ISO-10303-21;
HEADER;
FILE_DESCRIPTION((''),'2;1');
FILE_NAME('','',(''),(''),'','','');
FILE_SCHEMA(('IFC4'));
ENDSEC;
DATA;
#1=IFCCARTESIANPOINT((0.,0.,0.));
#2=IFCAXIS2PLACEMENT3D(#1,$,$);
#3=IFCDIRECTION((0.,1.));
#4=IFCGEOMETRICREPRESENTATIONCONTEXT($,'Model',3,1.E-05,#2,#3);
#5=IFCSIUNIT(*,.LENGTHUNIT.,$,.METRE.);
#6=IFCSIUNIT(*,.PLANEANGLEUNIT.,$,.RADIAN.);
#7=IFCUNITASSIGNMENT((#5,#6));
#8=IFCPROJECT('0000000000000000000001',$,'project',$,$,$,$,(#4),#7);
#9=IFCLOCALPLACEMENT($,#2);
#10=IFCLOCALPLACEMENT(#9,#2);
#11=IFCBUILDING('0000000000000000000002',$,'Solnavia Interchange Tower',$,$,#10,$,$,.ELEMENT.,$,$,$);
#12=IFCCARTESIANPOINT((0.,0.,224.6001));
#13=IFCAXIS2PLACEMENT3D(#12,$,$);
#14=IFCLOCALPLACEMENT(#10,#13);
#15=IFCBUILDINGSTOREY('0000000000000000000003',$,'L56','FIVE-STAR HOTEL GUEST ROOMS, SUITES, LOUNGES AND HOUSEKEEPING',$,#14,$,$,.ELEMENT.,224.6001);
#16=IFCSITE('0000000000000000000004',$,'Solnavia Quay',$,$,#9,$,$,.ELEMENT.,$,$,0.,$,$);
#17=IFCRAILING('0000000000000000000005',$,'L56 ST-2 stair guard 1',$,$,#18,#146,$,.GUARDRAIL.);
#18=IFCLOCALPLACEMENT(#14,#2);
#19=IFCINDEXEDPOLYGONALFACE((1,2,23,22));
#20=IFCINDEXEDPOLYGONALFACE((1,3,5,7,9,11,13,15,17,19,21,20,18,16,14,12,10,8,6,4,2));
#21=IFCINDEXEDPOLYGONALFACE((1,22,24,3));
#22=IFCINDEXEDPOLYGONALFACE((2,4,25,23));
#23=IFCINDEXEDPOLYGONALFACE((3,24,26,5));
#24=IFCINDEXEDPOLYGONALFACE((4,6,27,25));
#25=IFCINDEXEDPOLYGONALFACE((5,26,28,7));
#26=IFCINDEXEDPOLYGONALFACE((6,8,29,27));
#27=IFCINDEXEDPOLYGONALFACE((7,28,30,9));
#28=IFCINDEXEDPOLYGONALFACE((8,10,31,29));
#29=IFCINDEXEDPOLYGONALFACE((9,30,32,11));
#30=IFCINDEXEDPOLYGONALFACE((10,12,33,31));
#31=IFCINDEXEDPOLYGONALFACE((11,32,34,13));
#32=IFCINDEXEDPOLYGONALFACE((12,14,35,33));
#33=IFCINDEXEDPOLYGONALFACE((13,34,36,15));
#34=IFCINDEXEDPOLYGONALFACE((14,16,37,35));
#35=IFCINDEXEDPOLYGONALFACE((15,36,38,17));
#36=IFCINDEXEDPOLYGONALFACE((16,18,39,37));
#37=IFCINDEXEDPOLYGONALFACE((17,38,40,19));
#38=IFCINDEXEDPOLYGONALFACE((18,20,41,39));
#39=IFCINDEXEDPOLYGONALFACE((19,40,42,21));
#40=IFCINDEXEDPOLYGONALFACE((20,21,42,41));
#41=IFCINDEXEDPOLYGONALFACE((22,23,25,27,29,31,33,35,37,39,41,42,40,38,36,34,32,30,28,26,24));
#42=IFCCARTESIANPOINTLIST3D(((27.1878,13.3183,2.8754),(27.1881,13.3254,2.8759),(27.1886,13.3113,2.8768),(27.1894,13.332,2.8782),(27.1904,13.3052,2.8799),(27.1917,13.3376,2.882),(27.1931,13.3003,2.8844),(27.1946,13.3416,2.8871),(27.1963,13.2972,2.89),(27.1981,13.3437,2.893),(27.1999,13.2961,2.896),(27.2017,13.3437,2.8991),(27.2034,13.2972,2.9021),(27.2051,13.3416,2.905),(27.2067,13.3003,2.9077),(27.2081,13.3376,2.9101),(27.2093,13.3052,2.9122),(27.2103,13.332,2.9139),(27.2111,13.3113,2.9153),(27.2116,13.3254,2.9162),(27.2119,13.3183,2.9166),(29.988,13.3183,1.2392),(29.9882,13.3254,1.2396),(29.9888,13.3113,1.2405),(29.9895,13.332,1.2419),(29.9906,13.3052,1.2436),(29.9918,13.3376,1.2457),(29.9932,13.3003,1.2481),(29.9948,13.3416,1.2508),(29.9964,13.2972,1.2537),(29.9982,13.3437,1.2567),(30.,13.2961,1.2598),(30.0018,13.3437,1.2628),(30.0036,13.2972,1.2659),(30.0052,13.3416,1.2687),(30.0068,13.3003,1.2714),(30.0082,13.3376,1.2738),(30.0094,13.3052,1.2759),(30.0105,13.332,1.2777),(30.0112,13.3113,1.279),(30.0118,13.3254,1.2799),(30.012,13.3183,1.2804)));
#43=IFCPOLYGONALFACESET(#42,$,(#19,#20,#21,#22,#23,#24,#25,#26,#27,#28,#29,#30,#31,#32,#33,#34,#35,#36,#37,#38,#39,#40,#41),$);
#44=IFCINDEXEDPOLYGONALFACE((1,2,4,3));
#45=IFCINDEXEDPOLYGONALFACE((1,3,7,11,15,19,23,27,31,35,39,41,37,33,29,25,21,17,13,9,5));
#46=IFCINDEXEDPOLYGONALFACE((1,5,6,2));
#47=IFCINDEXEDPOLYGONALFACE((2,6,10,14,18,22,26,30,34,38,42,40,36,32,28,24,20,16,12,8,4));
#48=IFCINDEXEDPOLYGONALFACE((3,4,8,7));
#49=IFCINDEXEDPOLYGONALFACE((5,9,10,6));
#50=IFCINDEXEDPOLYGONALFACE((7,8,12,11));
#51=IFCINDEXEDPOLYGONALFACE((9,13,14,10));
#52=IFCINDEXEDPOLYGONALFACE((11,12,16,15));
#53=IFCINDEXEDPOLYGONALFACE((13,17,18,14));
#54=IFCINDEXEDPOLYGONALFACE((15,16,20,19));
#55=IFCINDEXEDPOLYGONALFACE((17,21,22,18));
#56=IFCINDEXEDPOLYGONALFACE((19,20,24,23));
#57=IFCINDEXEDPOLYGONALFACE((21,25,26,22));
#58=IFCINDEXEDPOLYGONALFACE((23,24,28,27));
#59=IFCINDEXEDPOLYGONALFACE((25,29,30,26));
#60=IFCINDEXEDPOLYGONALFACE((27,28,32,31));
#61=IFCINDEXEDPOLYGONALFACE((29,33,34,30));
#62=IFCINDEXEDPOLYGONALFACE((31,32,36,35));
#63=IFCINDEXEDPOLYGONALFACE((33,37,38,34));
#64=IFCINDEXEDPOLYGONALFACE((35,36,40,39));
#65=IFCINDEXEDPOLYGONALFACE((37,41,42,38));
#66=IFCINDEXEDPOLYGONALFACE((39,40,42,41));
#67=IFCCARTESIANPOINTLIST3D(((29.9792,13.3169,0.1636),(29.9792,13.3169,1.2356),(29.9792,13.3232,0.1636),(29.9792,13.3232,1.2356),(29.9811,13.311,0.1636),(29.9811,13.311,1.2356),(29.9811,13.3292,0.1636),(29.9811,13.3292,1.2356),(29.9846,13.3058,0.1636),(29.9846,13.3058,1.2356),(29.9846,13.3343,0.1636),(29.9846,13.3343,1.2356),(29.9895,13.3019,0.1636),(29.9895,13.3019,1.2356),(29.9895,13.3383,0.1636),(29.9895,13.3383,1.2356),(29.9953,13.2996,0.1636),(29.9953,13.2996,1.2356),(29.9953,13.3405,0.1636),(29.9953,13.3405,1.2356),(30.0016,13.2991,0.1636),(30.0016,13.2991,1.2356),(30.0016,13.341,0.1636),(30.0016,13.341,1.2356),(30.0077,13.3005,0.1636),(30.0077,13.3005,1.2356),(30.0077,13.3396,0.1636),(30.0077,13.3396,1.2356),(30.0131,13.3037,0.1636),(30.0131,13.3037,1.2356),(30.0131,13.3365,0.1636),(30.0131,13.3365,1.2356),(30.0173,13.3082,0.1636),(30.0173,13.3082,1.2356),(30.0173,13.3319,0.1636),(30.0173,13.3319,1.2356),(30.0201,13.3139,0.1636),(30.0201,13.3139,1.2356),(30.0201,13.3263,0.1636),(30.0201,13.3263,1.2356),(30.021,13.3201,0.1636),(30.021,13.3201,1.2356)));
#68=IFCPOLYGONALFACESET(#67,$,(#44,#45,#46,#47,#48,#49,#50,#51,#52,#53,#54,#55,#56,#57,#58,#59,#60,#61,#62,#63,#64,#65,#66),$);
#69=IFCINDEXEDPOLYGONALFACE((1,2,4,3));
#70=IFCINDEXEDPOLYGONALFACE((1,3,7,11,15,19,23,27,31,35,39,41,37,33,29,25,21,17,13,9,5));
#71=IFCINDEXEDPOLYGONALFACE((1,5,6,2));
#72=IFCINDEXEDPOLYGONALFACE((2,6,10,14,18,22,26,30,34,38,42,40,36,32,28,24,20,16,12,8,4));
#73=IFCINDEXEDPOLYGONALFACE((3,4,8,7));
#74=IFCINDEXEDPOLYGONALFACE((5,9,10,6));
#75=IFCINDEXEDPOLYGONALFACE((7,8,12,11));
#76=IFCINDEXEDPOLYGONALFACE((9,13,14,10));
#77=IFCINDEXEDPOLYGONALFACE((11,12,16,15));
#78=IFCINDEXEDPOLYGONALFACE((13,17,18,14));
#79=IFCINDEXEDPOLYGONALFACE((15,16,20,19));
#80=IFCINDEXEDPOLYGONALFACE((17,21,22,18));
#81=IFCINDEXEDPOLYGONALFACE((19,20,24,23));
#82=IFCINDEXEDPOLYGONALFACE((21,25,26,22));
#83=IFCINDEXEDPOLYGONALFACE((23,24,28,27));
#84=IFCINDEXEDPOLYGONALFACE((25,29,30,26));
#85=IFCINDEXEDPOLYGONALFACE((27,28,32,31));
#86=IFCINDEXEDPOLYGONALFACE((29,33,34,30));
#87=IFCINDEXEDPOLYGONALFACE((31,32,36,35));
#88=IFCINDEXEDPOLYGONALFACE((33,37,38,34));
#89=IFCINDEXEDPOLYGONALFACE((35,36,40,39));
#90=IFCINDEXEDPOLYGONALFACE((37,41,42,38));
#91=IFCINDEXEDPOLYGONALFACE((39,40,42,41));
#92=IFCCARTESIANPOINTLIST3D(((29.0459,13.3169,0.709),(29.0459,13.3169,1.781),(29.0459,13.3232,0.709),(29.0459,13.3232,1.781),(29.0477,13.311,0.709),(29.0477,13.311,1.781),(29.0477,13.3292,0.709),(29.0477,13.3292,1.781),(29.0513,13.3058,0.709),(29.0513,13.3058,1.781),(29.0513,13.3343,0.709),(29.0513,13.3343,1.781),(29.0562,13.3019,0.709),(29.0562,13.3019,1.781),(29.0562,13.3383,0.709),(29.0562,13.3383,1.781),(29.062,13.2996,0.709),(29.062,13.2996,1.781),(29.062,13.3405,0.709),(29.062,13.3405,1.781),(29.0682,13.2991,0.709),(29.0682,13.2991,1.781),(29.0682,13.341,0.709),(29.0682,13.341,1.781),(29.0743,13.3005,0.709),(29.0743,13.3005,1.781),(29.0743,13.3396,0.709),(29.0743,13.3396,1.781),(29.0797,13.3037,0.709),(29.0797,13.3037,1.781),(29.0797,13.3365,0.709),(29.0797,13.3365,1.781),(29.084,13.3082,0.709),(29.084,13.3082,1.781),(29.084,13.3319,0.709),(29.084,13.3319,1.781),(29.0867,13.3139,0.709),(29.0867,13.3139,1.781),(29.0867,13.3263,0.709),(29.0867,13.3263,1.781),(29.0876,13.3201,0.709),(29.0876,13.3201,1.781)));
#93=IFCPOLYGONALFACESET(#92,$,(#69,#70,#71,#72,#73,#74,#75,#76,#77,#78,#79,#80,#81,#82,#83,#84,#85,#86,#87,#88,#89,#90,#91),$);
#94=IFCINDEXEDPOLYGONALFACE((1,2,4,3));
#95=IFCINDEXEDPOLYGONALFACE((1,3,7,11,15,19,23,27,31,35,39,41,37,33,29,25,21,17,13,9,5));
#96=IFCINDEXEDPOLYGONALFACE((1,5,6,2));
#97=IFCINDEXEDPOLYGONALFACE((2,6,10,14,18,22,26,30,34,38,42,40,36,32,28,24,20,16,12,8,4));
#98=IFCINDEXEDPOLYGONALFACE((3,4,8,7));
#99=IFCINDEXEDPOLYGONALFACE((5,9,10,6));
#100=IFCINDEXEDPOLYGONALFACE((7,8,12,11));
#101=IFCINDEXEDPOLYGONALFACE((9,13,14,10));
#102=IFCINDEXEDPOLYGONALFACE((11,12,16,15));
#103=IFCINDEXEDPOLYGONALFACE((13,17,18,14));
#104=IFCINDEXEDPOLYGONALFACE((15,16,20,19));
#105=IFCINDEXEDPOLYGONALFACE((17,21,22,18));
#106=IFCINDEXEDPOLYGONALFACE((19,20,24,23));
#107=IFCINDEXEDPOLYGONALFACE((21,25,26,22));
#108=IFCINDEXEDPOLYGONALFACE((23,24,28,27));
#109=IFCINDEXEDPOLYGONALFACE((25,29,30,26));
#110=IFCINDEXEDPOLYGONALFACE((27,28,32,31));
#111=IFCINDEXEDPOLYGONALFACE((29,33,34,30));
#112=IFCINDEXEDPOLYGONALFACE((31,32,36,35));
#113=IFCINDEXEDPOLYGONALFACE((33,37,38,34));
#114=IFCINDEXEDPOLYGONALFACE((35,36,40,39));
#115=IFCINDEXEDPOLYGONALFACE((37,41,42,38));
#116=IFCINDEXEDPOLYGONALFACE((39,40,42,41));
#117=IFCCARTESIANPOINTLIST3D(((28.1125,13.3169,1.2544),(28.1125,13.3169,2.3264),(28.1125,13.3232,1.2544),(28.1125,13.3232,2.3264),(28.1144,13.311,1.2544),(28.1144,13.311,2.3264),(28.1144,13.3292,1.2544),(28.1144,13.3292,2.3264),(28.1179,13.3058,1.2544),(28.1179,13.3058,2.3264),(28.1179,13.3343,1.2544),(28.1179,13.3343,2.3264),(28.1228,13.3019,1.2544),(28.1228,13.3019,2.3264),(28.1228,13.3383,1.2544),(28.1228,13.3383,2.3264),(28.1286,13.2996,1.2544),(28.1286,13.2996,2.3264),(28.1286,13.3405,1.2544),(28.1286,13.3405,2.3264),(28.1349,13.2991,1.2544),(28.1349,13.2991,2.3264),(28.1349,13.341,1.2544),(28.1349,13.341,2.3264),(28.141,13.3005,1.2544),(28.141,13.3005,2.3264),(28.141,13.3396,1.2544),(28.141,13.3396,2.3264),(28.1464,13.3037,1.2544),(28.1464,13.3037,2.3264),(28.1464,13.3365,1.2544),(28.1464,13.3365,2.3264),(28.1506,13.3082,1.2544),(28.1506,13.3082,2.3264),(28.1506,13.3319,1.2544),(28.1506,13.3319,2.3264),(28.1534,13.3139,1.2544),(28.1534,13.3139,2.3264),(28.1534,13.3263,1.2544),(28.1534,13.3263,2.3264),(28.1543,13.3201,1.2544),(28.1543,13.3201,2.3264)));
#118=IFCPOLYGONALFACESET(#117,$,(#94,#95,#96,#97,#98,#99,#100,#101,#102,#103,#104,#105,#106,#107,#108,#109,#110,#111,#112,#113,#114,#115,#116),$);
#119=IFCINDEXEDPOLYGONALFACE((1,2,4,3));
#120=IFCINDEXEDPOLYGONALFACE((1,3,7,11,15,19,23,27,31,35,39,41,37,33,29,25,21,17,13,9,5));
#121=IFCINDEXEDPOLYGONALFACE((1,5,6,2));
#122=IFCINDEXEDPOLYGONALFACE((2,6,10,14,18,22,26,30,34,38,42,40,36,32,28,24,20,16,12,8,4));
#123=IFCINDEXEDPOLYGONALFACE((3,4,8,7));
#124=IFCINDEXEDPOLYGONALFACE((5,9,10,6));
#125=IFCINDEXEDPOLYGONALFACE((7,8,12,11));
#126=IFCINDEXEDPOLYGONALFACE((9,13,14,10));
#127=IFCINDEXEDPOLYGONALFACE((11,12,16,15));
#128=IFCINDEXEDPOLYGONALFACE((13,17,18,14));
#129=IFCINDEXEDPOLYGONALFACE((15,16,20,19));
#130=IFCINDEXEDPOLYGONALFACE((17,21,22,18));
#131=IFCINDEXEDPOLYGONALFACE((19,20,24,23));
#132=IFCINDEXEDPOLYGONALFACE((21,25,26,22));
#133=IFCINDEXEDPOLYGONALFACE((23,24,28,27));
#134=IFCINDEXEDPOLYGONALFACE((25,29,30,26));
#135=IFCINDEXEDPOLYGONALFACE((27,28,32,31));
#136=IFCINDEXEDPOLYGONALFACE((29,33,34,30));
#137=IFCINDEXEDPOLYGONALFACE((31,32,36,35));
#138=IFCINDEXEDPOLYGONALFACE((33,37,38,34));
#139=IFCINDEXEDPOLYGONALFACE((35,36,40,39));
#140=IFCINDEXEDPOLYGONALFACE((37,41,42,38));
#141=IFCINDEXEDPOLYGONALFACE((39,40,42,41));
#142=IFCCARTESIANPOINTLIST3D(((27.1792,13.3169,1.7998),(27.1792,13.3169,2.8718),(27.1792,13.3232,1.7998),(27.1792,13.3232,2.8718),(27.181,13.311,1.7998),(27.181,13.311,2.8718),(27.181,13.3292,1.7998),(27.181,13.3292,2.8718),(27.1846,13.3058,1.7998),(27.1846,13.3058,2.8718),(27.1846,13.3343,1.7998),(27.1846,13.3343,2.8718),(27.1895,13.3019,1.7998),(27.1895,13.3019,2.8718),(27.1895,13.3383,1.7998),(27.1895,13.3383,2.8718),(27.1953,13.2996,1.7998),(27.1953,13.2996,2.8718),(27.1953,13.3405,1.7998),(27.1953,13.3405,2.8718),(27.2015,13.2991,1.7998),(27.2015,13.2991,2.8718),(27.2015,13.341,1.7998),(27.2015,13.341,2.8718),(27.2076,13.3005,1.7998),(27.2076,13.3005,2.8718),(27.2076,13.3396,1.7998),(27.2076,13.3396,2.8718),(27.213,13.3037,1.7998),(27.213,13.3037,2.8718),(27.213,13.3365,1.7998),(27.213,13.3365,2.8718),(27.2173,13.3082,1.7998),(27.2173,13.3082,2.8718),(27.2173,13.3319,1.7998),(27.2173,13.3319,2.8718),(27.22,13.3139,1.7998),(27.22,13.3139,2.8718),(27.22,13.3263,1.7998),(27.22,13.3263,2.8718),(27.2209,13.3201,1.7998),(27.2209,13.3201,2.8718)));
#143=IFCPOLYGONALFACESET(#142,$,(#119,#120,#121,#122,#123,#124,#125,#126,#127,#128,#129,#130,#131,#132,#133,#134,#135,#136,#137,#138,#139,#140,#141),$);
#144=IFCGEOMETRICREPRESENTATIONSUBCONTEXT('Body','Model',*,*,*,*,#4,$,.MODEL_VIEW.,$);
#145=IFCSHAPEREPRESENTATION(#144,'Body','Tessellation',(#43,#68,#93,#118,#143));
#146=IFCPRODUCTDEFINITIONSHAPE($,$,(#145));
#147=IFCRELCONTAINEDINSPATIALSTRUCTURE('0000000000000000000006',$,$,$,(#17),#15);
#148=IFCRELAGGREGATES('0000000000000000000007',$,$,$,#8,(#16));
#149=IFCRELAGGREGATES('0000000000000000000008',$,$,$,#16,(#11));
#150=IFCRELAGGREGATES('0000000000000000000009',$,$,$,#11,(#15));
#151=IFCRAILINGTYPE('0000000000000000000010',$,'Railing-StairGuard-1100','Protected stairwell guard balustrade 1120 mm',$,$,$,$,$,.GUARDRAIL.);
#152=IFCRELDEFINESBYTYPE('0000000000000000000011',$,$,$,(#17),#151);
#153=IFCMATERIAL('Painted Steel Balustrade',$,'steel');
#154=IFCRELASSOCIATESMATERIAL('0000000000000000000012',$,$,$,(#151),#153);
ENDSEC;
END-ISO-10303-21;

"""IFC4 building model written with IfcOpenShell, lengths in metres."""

from ifc_helpers import new_model, si_unit, direction, frame, origin, origin_2d, place, context, subcontext, project, spatial, circle, extrude, material, type_object, element, save


model = new_model("IFC4")

# Units and contexts
model_context = context("Model", 3, precision=1e-05, world=origin(), true_north=direction((0.0, 1.0)))
body_context = subcontext(model_context, "Body", "Model", "MODEL_VIEW")
ifc_project = project(units=[si_unit("LENGTHUNIT", "METRE"), si_unit("PLANEANGLEUNIT", "RADIAN")], contexts=[model_context])

# Site, building, storey
site_placement = place(None, origin())
site = spatial("IfcSite", under=ifc_project, at=site_placement, Name="Solnavia Quay", CompositionType="ELEMENT", RefElevation=0.0)
building_placement = place(site_placement, origin())
building = spatial("IfcBuilding", under=site, at=building_placement, Name="Solnavia Interchange Tower", CompositionType="ELEMENT")
storey_placement = place(building_placement, frame((0.0, 0.0, 224.6001)))
storey = spatial("IfcBuildingStorey", under=building, at=storey_placement, Name="L56", Description="FIVE-STAR HOTEL GUEST ROOMS, SUITES, LOUNGES AND HOUSEKEEPING", CompositionType="ELEMENT", Elevation=224.6001)

# Railing
ifc_material_1 = material(Name="Painted Steel Balustrade", Category="steel")
railing_type_1 = type_object("IfcRailingType", Name="Railing-StairGuard-1100", Description="Protected stairwell guard balustrade 1120 mm", PredefinedType="GUARDRAIL", material=ifc_material_1)
railing_1_placement = place(storey_placement, frame((30.0, 13.3201, 0.1636)))
element("IfcRailing", 1, at=railing_1_placement, inside=storey, type_object=railing_type_1, Name="L56 ST-2 stair guard 1", PredefinedType="GUARDRAIL", context=body_context, shape_type="SweptSolid", body=[
    extrude(circle(Radius=0.0239, at=origin_2d()), frame((0.0, 0.0, 1.0962), z_axis=(-0.863394, 0.0, 0.504531), x_axis=(0.0, -1.0, 0.0)), (0.0, 0.0, 1.0), 3.2432),
    extrude(circle(Radius=0.021, at=origin_2d()), origin(), (0.0, 0.0, 1.0), 1.072),
    extrude(circle(Radius=0.021, at=origin_2d()), frame((-0.9333, 0.0, 0.5454)), (0.0, 0.0, 1.0), 1.072),
    extrude(circle(Radius=0.021, at=origin_2d()), frame((-1.8667, 0.0, 1.0908)), (0.0, 0.0, 1.0), 1.072),
    extrude(circle(Radius=0.021, at=origin_2d()), frame((-2.8, 0.0, 1.6362)), (0.0, 0.0, 1.0), 1.072),
])

save(model, "model.ifc")
